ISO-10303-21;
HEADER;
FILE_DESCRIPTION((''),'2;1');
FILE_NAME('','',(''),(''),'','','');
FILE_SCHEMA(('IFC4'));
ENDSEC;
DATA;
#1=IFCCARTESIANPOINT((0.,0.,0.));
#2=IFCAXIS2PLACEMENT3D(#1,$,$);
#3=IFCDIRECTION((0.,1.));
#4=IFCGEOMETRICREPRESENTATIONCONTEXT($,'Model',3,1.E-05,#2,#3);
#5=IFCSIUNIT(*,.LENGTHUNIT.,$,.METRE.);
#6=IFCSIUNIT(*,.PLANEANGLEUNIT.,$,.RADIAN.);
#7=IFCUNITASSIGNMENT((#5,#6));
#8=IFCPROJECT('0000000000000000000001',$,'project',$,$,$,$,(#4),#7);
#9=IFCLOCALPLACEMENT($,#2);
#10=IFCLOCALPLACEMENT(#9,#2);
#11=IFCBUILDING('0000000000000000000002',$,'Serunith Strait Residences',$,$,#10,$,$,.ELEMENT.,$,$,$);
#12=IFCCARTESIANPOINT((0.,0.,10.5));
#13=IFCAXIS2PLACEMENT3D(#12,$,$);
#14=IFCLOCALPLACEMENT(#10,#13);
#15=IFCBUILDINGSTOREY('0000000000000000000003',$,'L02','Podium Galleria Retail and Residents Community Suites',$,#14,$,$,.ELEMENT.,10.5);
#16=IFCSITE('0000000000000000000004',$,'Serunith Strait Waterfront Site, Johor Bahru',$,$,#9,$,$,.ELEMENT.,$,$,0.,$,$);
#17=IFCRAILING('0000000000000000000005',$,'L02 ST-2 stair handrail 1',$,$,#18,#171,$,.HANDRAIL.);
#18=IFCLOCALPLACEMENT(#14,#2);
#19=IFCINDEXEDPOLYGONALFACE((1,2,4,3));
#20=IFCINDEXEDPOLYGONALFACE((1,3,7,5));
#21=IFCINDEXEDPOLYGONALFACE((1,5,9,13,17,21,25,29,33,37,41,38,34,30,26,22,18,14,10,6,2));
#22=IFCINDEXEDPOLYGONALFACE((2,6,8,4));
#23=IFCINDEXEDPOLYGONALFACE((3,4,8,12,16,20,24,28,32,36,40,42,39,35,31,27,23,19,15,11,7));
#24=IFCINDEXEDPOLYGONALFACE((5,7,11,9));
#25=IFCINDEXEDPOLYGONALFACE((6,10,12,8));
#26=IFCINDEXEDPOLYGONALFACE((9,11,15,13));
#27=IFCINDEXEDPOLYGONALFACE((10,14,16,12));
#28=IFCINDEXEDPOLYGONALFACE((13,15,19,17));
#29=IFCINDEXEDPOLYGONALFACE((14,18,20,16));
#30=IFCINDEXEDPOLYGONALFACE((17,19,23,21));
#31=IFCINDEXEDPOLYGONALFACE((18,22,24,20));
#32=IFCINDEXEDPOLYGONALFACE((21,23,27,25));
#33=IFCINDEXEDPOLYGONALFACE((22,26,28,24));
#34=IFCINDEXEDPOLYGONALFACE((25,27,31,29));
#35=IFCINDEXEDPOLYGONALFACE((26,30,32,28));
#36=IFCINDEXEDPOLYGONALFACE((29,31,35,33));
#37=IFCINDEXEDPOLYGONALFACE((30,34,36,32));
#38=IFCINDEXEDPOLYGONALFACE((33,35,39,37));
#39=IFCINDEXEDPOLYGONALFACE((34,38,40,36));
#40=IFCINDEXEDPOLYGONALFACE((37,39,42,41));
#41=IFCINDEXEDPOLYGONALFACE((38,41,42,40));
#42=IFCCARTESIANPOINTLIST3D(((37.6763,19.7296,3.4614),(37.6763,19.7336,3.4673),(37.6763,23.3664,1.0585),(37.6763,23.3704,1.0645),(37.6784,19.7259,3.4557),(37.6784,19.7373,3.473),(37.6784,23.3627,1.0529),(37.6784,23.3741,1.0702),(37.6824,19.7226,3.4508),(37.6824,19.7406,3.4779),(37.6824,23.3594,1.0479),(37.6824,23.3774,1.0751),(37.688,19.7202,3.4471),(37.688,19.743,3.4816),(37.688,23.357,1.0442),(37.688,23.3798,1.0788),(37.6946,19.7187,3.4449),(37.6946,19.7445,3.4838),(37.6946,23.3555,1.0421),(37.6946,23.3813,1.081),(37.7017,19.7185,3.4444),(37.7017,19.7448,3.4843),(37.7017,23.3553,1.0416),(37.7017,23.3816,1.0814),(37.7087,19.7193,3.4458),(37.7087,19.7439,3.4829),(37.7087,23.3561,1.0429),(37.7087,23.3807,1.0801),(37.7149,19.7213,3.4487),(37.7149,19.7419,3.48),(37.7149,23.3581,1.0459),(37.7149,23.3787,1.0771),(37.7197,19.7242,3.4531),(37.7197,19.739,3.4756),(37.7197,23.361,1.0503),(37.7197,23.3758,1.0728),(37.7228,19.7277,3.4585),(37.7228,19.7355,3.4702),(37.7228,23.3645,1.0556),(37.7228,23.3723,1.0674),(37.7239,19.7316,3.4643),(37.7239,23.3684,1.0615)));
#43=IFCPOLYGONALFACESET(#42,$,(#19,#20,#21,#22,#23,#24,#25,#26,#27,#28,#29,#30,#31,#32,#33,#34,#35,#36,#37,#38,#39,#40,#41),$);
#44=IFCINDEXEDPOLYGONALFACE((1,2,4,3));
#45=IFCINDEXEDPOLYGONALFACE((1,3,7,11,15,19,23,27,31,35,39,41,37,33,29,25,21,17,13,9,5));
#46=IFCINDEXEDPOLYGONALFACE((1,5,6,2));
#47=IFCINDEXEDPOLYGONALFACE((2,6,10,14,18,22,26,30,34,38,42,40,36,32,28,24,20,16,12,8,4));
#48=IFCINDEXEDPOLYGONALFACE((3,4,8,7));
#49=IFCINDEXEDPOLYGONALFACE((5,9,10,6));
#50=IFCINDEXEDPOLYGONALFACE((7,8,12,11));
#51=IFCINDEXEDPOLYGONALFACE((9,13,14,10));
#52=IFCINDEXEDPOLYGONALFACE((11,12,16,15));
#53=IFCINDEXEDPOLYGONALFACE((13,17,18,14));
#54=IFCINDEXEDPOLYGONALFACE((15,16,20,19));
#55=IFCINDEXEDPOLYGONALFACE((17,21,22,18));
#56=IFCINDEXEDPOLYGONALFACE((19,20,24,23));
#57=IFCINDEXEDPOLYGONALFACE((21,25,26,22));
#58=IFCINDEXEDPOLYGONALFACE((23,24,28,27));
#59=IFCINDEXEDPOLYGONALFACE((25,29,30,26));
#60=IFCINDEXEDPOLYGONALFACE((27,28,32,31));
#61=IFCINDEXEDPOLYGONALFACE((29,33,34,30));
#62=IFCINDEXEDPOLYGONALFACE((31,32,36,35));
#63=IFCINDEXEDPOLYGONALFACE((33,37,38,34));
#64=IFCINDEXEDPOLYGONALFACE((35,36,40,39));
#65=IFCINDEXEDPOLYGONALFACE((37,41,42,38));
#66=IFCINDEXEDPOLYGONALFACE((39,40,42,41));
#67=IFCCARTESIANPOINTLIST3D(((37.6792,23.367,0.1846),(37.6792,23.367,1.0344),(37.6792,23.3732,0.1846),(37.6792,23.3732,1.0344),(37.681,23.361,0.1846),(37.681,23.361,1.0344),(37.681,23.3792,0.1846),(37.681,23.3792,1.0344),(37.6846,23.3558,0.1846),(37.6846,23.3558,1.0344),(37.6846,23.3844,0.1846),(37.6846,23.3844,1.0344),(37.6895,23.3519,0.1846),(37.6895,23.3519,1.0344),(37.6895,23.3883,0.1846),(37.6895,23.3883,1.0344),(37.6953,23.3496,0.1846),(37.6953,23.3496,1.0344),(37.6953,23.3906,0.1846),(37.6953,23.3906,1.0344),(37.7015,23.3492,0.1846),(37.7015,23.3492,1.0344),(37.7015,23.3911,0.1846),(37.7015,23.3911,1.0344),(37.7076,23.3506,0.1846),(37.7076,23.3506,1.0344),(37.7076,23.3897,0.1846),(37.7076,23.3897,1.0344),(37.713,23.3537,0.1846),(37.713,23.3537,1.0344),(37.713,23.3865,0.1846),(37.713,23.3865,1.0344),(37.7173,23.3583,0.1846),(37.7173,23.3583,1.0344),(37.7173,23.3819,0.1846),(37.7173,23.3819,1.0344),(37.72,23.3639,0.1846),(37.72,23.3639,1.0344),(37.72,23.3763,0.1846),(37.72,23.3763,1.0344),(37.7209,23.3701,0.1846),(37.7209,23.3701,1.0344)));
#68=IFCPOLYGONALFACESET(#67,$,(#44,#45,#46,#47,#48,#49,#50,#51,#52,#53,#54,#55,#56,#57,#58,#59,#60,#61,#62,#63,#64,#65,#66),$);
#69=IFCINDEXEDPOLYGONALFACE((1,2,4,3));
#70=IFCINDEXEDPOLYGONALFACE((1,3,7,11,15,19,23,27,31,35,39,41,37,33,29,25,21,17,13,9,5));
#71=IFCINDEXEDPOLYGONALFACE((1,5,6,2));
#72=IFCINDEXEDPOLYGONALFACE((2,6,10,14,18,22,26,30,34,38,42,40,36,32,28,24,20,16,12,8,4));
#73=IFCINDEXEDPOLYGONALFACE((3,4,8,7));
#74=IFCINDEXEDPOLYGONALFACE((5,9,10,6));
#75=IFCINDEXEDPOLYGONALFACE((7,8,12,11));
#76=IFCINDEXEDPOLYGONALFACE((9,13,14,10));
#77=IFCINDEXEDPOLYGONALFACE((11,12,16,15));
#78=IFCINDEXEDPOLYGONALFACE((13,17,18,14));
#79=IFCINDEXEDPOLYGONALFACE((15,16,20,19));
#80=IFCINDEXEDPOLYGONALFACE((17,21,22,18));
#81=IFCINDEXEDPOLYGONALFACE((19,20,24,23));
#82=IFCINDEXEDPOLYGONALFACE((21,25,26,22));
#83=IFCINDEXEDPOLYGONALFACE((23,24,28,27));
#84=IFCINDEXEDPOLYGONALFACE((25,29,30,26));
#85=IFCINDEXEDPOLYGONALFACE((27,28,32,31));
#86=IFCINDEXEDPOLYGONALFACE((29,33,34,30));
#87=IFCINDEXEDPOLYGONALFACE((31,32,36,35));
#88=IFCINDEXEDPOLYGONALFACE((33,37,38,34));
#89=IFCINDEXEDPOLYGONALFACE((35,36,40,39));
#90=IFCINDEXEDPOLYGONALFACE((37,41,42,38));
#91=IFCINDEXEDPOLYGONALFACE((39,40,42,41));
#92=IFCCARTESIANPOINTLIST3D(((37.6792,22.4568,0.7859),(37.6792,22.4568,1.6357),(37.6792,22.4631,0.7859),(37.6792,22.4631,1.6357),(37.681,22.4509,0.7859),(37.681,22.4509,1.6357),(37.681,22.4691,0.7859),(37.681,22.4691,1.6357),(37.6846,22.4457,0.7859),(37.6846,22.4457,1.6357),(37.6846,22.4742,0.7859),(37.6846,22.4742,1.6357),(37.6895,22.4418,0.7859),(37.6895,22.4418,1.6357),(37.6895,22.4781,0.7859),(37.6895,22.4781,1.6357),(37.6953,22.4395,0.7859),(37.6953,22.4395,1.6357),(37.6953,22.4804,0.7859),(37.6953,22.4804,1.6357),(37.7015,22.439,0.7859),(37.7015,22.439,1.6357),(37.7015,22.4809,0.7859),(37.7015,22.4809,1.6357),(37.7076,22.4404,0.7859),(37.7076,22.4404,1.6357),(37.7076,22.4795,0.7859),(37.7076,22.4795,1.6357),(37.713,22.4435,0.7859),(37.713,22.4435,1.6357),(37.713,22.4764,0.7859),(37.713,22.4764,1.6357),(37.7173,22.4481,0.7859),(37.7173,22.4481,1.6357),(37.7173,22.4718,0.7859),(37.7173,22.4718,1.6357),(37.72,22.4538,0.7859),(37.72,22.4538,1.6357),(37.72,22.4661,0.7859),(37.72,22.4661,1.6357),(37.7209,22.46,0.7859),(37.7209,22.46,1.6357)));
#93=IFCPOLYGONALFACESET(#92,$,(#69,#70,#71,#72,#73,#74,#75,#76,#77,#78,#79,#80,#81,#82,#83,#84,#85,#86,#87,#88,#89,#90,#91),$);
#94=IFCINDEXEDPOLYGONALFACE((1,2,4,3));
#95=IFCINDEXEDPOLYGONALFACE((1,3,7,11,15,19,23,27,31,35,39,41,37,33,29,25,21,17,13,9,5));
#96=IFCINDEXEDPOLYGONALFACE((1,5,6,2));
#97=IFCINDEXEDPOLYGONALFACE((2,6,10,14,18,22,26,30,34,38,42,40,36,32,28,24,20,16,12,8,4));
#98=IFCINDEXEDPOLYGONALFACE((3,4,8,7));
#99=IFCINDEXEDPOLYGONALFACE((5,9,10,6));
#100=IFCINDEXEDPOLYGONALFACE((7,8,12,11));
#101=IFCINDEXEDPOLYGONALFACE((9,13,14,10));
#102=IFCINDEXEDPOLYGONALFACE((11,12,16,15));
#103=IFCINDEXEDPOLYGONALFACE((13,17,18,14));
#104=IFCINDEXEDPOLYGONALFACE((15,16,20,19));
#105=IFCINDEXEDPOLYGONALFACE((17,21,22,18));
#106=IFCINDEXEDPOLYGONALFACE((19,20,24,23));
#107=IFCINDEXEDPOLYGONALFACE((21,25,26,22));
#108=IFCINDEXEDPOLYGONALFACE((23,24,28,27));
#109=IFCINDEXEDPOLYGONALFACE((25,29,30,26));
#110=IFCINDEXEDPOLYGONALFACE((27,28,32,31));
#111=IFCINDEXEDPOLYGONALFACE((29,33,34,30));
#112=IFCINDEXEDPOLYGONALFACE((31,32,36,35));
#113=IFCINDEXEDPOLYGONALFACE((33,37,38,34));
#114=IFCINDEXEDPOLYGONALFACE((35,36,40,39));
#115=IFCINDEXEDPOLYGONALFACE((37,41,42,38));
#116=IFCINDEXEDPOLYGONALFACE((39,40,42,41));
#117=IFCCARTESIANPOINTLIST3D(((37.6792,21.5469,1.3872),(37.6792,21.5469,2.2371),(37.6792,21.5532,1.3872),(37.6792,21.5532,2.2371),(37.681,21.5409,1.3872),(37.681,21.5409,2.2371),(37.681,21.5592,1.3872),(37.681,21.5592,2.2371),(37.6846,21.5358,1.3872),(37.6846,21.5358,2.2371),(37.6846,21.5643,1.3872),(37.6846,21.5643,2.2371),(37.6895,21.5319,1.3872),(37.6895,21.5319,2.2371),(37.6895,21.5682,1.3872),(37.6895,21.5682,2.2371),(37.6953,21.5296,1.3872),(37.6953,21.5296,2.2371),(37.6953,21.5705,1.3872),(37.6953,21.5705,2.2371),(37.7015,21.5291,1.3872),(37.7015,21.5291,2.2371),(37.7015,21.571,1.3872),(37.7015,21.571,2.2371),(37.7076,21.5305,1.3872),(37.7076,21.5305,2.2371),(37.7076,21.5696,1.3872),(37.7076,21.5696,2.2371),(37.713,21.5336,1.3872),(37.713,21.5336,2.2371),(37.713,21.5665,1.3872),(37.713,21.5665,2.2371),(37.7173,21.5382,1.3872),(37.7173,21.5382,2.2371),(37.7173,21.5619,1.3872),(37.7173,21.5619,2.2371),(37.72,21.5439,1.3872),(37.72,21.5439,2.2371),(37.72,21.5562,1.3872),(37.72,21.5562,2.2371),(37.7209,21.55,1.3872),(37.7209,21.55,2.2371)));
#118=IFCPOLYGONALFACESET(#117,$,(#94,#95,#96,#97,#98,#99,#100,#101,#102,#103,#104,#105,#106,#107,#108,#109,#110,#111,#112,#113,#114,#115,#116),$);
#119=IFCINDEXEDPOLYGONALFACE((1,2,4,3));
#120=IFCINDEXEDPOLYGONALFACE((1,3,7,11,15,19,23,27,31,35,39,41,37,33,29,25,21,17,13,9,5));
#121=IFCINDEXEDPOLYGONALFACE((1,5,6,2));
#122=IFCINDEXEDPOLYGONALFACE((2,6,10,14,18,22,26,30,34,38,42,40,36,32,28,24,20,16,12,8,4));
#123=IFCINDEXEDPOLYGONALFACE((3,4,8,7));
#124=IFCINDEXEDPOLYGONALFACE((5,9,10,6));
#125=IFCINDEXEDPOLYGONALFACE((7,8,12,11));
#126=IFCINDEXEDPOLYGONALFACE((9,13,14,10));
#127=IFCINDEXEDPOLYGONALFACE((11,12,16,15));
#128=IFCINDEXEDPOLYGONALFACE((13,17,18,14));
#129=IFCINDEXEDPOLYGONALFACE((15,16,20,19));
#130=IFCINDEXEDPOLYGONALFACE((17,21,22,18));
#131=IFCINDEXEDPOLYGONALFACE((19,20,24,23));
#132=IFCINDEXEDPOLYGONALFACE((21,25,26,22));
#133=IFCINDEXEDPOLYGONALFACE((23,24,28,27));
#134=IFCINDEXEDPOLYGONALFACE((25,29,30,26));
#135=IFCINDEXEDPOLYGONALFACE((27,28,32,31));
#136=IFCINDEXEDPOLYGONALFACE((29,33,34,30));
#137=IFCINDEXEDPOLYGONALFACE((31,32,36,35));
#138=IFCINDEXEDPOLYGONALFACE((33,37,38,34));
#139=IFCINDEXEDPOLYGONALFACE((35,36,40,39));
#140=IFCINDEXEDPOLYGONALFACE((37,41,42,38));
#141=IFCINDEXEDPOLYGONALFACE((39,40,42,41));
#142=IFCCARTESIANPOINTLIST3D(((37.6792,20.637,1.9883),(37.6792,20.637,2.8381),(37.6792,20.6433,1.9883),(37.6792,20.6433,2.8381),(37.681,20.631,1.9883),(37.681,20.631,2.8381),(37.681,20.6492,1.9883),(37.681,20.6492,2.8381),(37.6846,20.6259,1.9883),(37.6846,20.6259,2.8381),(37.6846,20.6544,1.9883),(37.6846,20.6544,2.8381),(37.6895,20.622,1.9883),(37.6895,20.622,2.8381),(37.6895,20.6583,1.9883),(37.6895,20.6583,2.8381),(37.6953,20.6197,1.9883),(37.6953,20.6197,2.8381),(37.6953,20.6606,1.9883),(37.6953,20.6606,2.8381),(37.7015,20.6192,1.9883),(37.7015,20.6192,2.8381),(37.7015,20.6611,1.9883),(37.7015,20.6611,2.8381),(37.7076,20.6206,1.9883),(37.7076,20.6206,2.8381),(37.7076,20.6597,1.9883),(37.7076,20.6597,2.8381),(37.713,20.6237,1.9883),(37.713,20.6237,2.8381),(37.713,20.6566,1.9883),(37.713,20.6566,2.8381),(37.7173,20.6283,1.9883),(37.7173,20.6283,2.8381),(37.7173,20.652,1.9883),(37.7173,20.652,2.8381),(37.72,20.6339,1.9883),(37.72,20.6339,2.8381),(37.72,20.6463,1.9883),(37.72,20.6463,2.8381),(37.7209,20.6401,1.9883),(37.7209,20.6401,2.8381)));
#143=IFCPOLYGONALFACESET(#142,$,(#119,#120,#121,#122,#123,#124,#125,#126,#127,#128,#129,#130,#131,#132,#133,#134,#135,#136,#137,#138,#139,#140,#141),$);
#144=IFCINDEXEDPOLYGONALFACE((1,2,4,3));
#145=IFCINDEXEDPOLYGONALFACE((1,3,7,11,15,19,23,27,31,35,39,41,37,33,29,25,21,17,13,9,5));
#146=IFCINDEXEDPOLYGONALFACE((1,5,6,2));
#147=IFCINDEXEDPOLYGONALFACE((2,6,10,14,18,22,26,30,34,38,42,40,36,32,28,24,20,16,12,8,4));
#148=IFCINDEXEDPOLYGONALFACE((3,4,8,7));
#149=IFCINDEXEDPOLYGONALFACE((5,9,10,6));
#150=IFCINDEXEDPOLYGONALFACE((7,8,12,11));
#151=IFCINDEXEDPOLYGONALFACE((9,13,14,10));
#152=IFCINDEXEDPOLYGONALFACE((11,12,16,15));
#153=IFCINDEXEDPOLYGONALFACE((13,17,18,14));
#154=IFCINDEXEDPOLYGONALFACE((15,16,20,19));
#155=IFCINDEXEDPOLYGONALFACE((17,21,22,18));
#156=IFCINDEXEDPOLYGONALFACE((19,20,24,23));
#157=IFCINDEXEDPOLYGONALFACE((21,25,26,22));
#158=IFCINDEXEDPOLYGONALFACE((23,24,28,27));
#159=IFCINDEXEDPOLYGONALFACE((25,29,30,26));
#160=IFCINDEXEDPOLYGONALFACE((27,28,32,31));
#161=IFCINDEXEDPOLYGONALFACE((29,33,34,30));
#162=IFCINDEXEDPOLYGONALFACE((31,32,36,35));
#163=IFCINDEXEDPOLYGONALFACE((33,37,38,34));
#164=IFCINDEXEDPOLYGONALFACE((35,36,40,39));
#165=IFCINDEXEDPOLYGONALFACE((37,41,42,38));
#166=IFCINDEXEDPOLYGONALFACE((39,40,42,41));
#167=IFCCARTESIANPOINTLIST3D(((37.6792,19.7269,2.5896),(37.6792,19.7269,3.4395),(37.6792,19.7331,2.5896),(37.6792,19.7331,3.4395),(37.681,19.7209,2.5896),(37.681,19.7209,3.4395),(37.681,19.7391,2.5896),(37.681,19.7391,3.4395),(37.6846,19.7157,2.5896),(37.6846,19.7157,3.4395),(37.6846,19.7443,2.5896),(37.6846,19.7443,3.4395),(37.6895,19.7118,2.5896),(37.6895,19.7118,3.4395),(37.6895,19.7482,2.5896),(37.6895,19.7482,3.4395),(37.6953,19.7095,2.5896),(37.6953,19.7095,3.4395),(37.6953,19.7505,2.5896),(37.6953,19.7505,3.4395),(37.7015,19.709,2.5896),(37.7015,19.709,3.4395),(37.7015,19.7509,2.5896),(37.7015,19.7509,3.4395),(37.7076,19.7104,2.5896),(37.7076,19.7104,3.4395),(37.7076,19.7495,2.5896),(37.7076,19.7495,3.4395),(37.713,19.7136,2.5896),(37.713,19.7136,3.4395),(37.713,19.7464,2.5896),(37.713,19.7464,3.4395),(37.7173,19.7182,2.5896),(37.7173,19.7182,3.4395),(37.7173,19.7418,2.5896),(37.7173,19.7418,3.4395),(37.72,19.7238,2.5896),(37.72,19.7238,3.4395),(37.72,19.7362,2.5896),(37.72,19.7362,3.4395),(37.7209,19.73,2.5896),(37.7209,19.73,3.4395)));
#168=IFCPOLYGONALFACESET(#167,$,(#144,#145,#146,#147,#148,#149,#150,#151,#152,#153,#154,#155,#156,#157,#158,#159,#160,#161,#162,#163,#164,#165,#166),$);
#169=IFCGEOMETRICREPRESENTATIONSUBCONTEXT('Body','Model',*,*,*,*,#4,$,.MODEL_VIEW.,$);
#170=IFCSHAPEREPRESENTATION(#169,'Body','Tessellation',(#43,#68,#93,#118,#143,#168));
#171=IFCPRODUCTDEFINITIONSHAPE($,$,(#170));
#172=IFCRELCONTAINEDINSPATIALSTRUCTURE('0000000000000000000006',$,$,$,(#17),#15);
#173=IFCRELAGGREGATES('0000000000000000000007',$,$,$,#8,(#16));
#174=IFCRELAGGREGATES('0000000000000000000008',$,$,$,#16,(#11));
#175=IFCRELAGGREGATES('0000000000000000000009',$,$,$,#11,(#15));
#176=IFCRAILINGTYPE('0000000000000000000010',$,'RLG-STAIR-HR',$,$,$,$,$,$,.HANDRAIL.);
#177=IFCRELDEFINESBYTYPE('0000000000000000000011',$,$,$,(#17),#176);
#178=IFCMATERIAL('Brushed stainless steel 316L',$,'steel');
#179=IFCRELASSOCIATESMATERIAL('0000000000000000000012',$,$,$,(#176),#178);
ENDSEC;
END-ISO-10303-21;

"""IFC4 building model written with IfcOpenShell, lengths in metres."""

from ifc_helpers import new_model, si_unit, direction, frame, origin, origin_2d, place, context, subcontext, project, spatial, circle, extrude, material, type_object, element, save


model = new_model("IFC4")

# Units and contexts
model_context = context("Model", 3, precision=1e-05, world=origin(), true_north=direction((0.0, 1.0)))
body_context = subcontext(model_context, "Body", "Model", "MODEL_VIEW")
ifc_project = project(units=[si_unit("LENGTHUNIT", "METRE"), si_unit("PLANEANGLEUNIT", "RADIAN")], contexts=[model_context])

# Site, building, storey
site_placement = place(None, origin())
site = spatial("IfcSite", under=ifc_project, at=site_placement, Name="Serunith Strait Waterfront Site, Johor Bahru", CompositionType="ELEMENT", RefElevation=0.0)
building_placement = place(site_placement, origin())
building = spatial("IfcBuilding", under=site, at=building_placement, Name="Serunith Strait Residences", CompositionType="ELEMENT")
storey_placement = place(building_placement, frame((0.0, 0.0, 10.5)))
storey = spatial("IfcBuildingStorey", under=building, at=storey_placement, Name="L02", Description="Podium Galleria Retail and Residents Community Suites", CompositionType="ELEMENT", Elevation=10.5)

# Railing
ifc_material_1 = material(Name="Brushed stainless steel 316L", Category="steel")
railing_type_1 = type_object("IfcRailingType", Name="RLG-STAIR-HR", PredefinedType="HANDRAIL", material=ifc_material_1)
railing_1_placement = place(storey_placement, frame((37.7, 23.3701, 0.1846)))
element("IfcRailing", 1, at=railing_1_placement, inside=storey, type_object=railing_type_1, Name="L02 ST-2 stair handrail 1", PredefinedType="HANDRAIL", context=body_context, shape_type="SweptSolid", body=[
    extrude(circle(Radius=0.0239, at=origin_2d()), frame((0.0, -0.0017, 0.877), z_axis=(0.0, -0.834342, 0.551248), x_axis=(1.0, 0.0, 0.0)), (0.0, 0.0, 1.0), 4.3589),
    extrude(circle(Radius=0.021, at=origin_2d()), origin(), (0.0, 0.0, 1.0), 0.8499),
    extrude(circle(Radius=0.021, at=origin_2d()), frame((0.0, -0.9102, 0.6013)), (0.0, 0.0, 1.0), 0.8499),
    extrude(circle(Radius=0.021, at=origin_2d()), frame((0.0, -1.8201, 1.2026)), (0.0, 0.0, 1.0), 0.8499),
    extrude(circle(Radius=0.021, at=origin_2d()), frame((0.0, -2.73, 1.8037)), (0.0, 0.0, 1.0), 0.8499),
    extrude(circle(Radius=0.021, at=origin_2d()), frame((0.0, -3.6401, 2.405)), (0.0, 0.0, 1.0), 0.8499),
])

save(model, "model.ifc")
